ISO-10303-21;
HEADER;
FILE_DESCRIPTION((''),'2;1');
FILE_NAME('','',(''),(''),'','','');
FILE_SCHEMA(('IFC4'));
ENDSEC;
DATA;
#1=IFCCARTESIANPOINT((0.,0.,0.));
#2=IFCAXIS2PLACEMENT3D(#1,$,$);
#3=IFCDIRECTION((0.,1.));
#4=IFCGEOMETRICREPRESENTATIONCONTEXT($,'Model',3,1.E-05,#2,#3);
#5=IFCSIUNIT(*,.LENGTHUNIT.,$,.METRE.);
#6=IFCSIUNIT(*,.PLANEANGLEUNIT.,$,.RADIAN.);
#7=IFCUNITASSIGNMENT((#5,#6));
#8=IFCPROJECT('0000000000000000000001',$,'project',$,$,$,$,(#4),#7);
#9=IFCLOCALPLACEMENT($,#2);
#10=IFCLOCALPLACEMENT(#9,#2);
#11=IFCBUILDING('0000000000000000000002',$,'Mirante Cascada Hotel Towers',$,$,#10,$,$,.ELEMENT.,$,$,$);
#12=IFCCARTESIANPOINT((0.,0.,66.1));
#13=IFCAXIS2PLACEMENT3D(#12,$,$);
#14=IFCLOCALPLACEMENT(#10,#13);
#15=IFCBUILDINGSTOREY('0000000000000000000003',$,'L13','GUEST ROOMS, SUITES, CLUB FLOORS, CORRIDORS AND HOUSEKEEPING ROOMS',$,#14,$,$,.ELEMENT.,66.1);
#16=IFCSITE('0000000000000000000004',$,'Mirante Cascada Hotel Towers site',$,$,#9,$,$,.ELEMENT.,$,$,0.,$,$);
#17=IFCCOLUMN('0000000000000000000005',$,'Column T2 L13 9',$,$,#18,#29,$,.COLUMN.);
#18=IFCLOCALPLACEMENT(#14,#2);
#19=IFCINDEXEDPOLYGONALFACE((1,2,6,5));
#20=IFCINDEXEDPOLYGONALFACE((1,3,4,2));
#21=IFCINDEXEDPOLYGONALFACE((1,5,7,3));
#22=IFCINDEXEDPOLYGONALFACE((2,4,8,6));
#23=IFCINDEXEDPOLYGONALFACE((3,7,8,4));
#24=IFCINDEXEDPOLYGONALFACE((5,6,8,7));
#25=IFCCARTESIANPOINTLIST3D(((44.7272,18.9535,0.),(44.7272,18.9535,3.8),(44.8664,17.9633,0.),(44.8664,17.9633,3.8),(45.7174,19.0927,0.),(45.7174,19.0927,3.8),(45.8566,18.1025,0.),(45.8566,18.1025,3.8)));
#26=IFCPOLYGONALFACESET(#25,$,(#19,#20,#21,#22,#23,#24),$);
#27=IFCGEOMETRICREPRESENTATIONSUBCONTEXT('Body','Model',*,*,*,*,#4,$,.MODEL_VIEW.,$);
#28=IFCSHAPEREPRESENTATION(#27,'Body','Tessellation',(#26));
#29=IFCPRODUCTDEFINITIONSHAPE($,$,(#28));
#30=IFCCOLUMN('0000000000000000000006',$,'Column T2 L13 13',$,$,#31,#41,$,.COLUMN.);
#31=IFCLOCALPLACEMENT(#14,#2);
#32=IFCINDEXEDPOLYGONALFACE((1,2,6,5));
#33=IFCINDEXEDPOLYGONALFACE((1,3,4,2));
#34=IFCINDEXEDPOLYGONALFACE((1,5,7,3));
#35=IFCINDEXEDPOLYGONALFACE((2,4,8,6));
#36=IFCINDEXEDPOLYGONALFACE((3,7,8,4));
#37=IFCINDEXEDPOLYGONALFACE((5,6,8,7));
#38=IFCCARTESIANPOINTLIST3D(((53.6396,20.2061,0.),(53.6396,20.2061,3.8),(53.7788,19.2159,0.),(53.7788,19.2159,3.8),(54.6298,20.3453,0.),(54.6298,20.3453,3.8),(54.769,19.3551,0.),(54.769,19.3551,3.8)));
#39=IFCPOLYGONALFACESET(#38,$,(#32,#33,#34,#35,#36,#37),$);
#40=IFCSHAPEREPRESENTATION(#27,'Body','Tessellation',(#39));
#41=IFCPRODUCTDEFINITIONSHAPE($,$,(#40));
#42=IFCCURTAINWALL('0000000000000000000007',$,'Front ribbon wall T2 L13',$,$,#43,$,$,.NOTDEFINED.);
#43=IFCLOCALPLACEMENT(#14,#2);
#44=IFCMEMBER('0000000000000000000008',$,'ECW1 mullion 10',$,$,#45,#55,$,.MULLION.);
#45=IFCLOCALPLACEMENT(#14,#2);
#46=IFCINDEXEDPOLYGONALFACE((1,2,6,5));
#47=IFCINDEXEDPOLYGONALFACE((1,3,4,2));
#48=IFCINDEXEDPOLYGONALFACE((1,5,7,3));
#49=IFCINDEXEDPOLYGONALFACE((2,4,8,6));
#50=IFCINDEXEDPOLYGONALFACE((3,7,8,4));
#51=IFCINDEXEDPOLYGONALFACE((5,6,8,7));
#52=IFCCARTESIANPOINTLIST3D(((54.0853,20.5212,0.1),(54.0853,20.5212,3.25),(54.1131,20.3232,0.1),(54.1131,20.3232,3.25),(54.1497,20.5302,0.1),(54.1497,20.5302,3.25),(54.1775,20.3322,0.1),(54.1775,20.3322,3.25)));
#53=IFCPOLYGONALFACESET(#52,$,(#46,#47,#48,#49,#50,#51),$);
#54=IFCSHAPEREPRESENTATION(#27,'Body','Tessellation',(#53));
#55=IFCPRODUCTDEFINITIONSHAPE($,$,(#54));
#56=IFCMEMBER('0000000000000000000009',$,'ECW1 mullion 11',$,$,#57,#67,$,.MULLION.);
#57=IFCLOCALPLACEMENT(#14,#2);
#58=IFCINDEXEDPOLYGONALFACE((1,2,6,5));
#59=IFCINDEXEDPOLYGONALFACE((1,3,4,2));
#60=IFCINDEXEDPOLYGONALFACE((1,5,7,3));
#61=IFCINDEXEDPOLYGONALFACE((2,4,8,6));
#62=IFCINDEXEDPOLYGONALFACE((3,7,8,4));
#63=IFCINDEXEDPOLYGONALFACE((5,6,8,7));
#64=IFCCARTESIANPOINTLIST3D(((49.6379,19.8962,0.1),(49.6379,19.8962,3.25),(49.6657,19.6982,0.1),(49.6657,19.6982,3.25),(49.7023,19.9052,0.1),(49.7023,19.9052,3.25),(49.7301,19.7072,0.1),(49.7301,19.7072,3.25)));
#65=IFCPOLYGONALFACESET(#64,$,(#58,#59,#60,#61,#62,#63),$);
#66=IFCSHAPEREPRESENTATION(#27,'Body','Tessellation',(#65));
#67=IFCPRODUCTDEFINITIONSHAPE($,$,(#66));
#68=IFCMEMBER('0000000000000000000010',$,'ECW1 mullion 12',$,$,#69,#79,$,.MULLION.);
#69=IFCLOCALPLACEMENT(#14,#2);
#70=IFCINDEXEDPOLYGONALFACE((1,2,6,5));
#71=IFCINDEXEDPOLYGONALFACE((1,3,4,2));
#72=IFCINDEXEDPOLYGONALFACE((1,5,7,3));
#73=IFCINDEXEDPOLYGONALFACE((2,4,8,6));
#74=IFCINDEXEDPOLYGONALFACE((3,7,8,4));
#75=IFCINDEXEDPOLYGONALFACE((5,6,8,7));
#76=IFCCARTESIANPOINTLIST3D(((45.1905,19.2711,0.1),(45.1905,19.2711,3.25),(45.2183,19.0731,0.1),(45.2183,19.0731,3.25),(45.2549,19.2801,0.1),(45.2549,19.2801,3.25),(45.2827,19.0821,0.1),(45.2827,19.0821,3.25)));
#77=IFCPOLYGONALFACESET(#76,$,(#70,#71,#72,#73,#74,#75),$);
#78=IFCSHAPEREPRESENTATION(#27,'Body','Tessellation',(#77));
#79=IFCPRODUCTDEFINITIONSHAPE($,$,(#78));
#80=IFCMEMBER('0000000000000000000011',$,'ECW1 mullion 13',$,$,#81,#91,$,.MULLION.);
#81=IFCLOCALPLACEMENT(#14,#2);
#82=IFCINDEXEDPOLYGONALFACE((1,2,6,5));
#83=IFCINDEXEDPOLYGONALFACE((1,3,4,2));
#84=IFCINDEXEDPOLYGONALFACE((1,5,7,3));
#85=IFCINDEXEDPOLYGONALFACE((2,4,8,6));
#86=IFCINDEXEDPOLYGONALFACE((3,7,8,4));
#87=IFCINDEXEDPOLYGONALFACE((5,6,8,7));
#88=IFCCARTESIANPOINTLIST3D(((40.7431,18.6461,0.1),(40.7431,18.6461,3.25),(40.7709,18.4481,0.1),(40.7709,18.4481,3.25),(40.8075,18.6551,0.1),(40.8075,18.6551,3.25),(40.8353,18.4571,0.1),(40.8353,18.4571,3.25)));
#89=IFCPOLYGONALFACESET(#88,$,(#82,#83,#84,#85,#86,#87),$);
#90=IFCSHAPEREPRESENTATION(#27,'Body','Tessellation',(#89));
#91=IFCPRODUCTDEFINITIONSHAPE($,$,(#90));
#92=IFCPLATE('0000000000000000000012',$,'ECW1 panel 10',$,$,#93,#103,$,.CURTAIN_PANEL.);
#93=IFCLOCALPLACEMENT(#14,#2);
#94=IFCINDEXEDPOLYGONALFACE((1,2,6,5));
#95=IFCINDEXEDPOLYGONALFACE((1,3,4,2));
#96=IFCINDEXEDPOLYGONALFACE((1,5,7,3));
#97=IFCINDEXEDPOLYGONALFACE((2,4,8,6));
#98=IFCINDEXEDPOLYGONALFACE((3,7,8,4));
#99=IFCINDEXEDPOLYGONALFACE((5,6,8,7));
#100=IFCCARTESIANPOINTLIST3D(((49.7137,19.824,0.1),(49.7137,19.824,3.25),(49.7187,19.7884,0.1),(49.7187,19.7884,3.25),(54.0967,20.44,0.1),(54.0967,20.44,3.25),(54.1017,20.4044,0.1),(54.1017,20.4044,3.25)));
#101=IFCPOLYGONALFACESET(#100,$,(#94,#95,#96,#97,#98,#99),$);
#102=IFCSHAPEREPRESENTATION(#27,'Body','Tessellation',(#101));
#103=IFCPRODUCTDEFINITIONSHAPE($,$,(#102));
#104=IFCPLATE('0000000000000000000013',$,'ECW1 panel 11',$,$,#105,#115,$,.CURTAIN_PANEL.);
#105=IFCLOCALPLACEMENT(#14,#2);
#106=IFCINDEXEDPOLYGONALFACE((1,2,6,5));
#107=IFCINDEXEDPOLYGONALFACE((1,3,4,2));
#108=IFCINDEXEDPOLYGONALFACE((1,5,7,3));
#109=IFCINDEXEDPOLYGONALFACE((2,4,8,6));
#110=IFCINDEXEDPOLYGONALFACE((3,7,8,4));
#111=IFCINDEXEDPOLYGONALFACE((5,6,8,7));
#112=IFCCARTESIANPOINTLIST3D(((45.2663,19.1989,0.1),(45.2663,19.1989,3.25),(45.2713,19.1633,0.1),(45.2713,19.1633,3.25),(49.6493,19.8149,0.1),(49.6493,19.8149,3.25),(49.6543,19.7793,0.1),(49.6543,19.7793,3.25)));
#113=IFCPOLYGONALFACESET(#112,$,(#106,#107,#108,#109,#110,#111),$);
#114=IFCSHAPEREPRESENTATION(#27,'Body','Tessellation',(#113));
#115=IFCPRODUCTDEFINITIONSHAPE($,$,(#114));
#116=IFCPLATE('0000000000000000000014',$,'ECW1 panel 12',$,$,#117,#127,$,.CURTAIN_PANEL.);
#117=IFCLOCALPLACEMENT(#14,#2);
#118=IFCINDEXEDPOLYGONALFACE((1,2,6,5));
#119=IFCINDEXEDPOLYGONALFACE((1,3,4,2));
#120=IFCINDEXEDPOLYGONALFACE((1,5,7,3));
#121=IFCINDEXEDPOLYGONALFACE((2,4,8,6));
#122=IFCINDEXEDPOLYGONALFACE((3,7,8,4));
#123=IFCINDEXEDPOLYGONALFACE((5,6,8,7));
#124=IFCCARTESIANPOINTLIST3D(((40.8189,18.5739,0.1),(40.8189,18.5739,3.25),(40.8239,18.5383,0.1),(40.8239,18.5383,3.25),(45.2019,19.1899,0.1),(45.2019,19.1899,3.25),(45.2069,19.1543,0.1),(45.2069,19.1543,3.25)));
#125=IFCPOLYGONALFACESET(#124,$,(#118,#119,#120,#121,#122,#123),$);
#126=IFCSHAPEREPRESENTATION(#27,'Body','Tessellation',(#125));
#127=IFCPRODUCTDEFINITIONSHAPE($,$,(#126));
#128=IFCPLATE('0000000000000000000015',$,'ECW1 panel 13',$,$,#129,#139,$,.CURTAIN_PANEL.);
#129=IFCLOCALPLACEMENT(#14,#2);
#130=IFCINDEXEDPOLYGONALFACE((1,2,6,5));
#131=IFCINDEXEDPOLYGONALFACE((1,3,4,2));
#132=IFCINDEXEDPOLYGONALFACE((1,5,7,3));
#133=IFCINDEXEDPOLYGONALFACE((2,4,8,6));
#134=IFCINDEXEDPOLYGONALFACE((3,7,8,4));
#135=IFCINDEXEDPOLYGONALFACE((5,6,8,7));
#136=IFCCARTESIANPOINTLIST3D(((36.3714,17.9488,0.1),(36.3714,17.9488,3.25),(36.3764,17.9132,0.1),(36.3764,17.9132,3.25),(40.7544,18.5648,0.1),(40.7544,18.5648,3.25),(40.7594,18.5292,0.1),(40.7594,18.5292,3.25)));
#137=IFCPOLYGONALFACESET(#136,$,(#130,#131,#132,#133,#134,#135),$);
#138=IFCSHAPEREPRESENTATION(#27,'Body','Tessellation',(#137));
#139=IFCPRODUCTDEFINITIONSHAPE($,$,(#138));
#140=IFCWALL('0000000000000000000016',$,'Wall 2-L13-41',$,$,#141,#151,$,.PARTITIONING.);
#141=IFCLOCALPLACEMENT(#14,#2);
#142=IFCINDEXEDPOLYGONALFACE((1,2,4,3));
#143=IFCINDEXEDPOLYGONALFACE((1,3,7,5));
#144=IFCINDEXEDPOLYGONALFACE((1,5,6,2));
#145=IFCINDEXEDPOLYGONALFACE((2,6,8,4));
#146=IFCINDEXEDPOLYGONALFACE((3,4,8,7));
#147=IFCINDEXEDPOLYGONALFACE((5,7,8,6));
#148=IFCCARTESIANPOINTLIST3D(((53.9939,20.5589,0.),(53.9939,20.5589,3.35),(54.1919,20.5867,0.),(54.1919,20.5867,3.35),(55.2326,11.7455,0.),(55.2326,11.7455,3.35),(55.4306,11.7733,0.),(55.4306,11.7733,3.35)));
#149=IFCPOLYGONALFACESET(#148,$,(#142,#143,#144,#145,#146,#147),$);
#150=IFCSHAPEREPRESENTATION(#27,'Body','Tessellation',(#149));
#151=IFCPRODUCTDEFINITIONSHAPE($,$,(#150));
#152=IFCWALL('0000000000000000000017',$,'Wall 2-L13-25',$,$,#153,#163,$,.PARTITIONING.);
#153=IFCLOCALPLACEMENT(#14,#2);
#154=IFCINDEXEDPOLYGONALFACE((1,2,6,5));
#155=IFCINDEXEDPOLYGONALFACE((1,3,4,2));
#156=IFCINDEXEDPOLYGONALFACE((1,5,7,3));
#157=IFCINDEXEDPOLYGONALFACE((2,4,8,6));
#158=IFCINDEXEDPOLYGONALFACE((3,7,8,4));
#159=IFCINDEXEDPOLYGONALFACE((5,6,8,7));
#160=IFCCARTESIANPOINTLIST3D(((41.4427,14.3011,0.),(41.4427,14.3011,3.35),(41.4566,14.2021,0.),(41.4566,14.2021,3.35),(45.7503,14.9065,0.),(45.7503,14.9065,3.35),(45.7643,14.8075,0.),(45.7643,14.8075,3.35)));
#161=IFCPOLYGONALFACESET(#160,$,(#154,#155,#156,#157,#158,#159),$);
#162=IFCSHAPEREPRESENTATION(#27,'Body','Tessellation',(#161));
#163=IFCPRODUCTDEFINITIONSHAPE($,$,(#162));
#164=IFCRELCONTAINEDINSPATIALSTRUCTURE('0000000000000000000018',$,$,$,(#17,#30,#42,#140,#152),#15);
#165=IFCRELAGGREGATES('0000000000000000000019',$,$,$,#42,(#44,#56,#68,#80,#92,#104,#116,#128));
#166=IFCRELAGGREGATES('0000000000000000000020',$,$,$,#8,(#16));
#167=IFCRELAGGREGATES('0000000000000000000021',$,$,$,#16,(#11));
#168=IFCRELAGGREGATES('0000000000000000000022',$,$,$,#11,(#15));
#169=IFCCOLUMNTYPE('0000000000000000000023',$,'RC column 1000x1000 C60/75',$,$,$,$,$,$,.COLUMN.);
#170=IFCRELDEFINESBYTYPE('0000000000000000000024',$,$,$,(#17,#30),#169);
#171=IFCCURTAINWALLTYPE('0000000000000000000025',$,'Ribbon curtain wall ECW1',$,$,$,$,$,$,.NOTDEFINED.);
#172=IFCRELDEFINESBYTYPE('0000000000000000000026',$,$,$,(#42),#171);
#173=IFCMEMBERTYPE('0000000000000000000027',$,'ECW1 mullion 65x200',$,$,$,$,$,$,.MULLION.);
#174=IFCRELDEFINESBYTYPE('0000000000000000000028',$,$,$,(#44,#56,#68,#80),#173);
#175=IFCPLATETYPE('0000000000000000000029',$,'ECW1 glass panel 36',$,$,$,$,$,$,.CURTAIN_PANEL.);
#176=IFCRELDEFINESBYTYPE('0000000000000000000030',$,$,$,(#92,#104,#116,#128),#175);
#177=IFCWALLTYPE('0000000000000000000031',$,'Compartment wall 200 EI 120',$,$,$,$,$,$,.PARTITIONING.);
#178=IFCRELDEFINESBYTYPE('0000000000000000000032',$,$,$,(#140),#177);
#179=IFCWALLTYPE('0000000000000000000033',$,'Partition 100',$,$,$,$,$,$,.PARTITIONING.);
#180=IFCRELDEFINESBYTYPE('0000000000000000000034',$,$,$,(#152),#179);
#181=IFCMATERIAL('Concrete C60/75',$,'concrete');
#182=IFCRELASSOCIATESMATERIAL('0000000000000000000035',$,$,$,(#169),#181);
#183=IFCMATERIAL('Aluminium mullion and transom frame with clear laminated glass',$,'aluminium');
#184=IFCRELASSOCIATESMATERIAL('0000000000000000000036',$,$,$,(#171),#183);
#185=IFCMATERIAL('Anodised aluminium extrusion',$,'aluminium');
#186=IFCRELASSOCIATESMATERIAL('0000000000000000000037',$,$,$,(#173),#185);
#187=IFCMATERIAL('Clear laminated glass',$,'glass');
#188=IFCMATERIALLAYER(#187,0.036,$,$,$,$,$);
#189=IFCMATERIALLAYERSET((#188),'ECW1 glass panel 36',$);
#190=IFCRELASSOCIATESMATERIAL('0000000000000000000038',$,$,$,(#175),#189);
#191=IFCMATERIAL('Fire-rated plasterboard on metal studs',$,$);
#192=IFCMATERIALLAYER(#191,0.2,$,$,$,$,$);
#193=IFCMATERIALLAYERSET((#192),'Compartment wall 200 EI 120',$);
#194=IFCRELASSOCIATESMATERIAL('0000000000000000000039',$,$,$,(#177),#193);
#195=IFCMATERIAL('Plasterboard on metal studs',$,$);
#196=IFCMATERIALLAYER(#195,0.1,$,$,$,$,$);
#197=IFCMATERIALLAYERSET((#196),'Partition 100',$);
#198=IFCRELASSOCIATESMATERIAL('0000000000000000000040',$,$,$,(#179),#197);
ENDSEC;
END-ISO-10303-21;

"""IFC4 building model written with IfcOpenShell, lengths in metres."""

from ifc_helpers import new_model, si_unit, direction, frame, frame_2d, origin, origin_2d, place, context, subcontext, project, spatial, rectangle, extrude, material, layer, layer_set, material_profile, profile_set, type_object, element, aggregate, save


model = new_model("IFC4")

# Units and contexts
model_context = context("Model", 3, precision=1e-05, world=origin(), true_north=direction((0.0, 1.0)))
body_context = subcontext(model_context, "Body", "Model", "MODEL_VIEW")
ifc_project = project(units=[si_unit("LENGTHUNIT", "METRE"), si_unit("PLANEANGLEUNIT", "RADIAN")], contexts=[model_context])

# Site, building, storey
site_placement = place(None, origin())
site = spatial("IfcSite", under=ifc_project, at=site_placement, Name="Mirante Cascada Hotel Towers site", CompositionType="ELEMENT", RefElevation=0.0)
building_placement = place(site_placement, origin())
building = spatial("IfcBuilding", under=site, at=building_placement, Name="Mirante Cascada Hotel Towers", CompositionType="ELEMENT")
storey_placement = place(building_placement, frame((0.0, 0.0, 66.1)))
storey = spatial("IfcBuildingStorey", under=building, at=storey_placement, Name="L13", Description="GUEST ROOMS, SUITES, CLUB FLOORS, CORRIDORS AND HOUSEKEEPING ROOMS", CompositionType="ELEMENT", Elevation=66.1)

# Columns
ifc_material_1 = material(Name="Concrete C60/75", Category="concrete")
ifc_material_profile_1 = material_profile(ifc_material_1, rectangle(XDim=1.0, YDim=1.0, at=origin_2d()), Name="RC column 1000x1000 C60/75")
ifc_profile_set_1 = profile_set([ifc_material_profile_1], Name="Concrete C60/75")
column_type = type_object("IfcColumnType", Name="RC column 1000x1000 C60/75", PredefinedType="COLUMN", material=ifc_profile_set_1)
for number, where, z_axis, x_axis, name in (
    (1, (45.2919, 18.528, 0.0), (0.0, 0.0, 1.0), (0.990268, 0.139173, 0.0), "Column T2 L13 9"),
    (2, (54.2043, 19.7806, 0.0), (0.0, 0.0, 1.0), (0.990268, 0.139173, 0.0), "Column T2 L13 13"),
):
    element("IfcColumn", number, at=place(storey_placement, frame(where, z_axis=z_axis, x_axis=x_axis)), inside=storey, type_object=column_type, Name=name, PredefinedType="COLUMN", context=body_context, shape_type="SweptSolid", body=[
        extrude(rectangle(XDim=1.0, YDim=1.0, at=origin_2d()), origin(), (0.0, 0.0, 1.0), 3.8),
    ])

# Curtain wall, members, plates
ifc_material_2 = material(Name="Aluminium mullion and transom frame with clear laminated glass", Category="aluminium")
curtain_wall_type = type_object("IfcCurtainWallType", Name="Ribbon curtain wall ECW1", PredefinedType="NOTDEFINED", material=ifc_material_2)
curtain_wall_placement = place(storey_placement, origin())
curtain_wall = element("IfcCurtainWall", 3, at=curtain_wall_placement, inside=storey, type_object=curtain_wall_type, Name="Front ribbon wall T2 L13", PredefinedType="NOTDEFINED")
ifc_material_3 = material(Name="Anodised aluminium extrusion", Category="aluminium")
ifc_material_profile_2 = material_profile(ifc_material_3, rectangle(XDim=0.2, YDim=0.065, at=origin_2d()), Name="ECW1 MULLION 65x200")
ifc_profile_set_2 = profile_set([ifc_material_profile_2], Name="Anodised aluminium extrusion")
member_type = type_object("IfcMemberType", Name="ECW1 mullion 65x200", PredefinedType="MULLION", material=ifc_profile_set_2)
member_1_placement = place(storey_placement, frame((54.1314, 20.4267, 0.1), z_axis=(0.0, 0.0, 1.0), x_axis=(0.139173, -0.990268, 0.0)))
member_1 = element("IfcMember", 4, at=member_1_placement, type_object=member_type, Name="ECW1 mullion 10", PredefinedType="MULLION", context=body_context, shape_type="SweptSolid", body=[
    extrude(rectangle(XDim=0.2, YDim=0.065, at=origin_2d()), origin(), (0.0, 0.0, 1.0), 3.15),
])
member_2_placement = place(storey_placement, frame((49.684, 19.8017, 0.1), z_axis=(0.0, 0.0, 1.0), x_axis=(0.139173, -0.990268, 0.0)))
member_2 = element("IfcMember", 5, at=member_2_placement, type_object=member_type, Name="ECW1 mullion 11", PredefinedType="MULLION", context=body_context, shape_type="SweptSolid", body=[
    extrude(rectangle(XDim=0.2, YDim=0.065, at=origin_2d()), origin(), (0.0, 0.0, 1.0), 3.15),
])
member_3_placement = place(storey_placement, frame((45.2366, 19.1766, 0.1), z_axis=(0.0, 0.0, 1.0), x_axis=(0.139173, -0.990268, 0.0)))
member_3 = element("IfcMember", 6, at=member_3_placement, type_object=member_type, Name="ECW1 mullion 12", PredefinedType="MULLION", context=body_context, shape_type="SweptSolid", body=[
    extrude(rectangle(XDim=0.2, YDim=0.065, at=origin_2d()), origin(), (0.0, 0.0, 1.0), 3.15),
])
member_4_placement = place(storey_placement, frame((40.7892, 18.5516, 0.1), z_axis=(0.0, 0.0, 1.0), x_axis=(0.139173, -0.990268, 0.0)))
member_4 = element("IfcMember", 7, at=member_4_placement, type_object=member_type, Name="ECW1 mullion 13", PredefinedType="MULLION", context=body_context, shape_type="SweptSolid", body=[
    extrude(rectangle(XDim=0.2, YDim=0.065, at=origin_2d()), origin(), (0.0, 0.0, 1.0), 3.15),
])
ifc_material_4 = material(Name="Clear laminated glass", Category="glass")
ifc_layer_1 = layer(ifc_material_4, 0.036)
ifc_layer_set_1 = layer_set([ifc_layer_1], Name="ECW1 glass panel 36")
plate_type = type_object("IfcPlateType", Name="ECW1 glass panel 36", PredefinedType="CURTAIN_PANEL", material=ifc_layer_set_1)
plate_1_placement = place(storey_placement, frame((51.9077, 20.1142, 0.1), z_axis=(0.0, 0.0, 1.0), x_axis=(-0.990268, -0.139173, 0.0)))
plate_1 = element("IfcPlate", 8, at=plate_1_placement, type_object=plate_type, Name="ECW1 panel 10", PredefinedType="CURTAIN_PANEL", context=body_context, shape_type="SweptSolid", body=[
    extrude(rectangle(XDim=4.4261, YDim=0.036, at=origin_2d()), origin(), (0.0, 0.0, 1.0), 3.15),
])
plate_2_placement = place(storey_placement, frame((47.4603, 19.4891, 0.1), z_axis=(0.0, 0.0, 1.0), x_axis=(-0.990268, -0.139173, 0.0)))
plate_2 = element("IfcPlate", 9, at=plate_2_placement, type_object=plate_type, Name="ECW1 panel 11", PredefinedType="CURTAIN_PANEL", context=body_context, shape_type="SweptSolid", body=[
    extrude(rectangle(XDim=4.4261, YDim=0.036, at=origin_2d()), origin(), (0.0, 0.0, 1.0), 3.15),
])
plate_3_placement = place(storey_placement, frame((43.0129, 18.8641, 0.1), z_axis=(0.0, 0.0, 1.0), x_axis=(-0.990268, -0.139173, 0.0)))
plate_3 = element("IfcPlate", 10, at=plate_3_placement, type_object=plate_type, Name="ECW1 panel 12", PredefinedType="CURTAIN_PANEL", context=body_context, shape_type="SweptSolid", body=[
    extrude(rectangle(XDim=4.4261, YDim=0.036, at=origin_2d()), origin(), (0.0, 0.0, 1.0), 3.15),
])
plate_4_placement = place(storey_placement, frame((38.5654, 18.239, 0.1), z_axis=(0.0, 0.0, 1.0), x_axis=(-0.990268, -0.139173, 0.0)))
plate_4 = element("IfcPlate", 11, at=plate_4_placement, type_object=plate_type, Name="ECW1 panel 13", PredefinedType="CURTAIN_PANEL", context=body_context, shape_type="SweptSolid", body=[
    extrude(rectangle(XDim=4.4261, YDim=0.036, at=origin_2d()), origin(), (0.0, 0.0, 1.0), 3.15),
])
aggregate(curtain_wall, [member_1, member_2, member_3, member_4, plate_1, plate_2, plate_3, plate_4])

# Walls
ifc_material_5 = material(Name="Fire-rated plasterboard on metal studs")
ifc_layer_2 = layer(ifc_material_5, 0.2)
ifc_layer_set_2 = layer_set([ifc_layer_2], Name="Compartment wall 200 EI 120")
wall_type_1 = type_object("IfcWallType", Name="Compartment wall 200 EI 120", PredefinedType="PARTITIONING", material=ifc_layer_set_2)
wall_1_placement = place(storey_placement, frame((54.0929, 20.5728, 0.0), z_axis=(0.0, 0.0, 1.0), x_axis=(0.139179, -0.990267, 0.0)))
element("IfcWall", 12, at=wall_1_placement, inside=storey, type_object=wall_type_1, Name="Wall 2-L13-41", PredefinedType="PARTITIONING", context=body_context, shape_type="SweptSolid", body=[
    extrude(rectangle(XDim=8.9, YDim=0.2, at=frame_2d((4.45, 0.0))), origin(), (0.0, 0.0, 1.0), 3.35),
])
ifc_material_6 = material(Name="Plasterboard on metal studs")
ifc_layer_3 = layer(ifc_material_6, 0.1)
ifc_layer_set_3 = layer_set([ifc_layer_3], Name="Partition 100")
wall_type_2 = type_object("IfcWallType", Name="Partition 100", PredefinedType="PARTITIONING", material=ifc_layer_set_3)
wall_2_placement = place(storey_placement, frame((45.7573, 14.857, 0.0), z_axis=(0.0, 0.0, 1.0), x_axis=(-0.990268, -0.139171, 0.0)))
element("IfcWall", 13, at=wall_2_placement, inside=storey, type_object=wall_type_2, Name="Wall 2-L13-25", PredefinedType="PARTITIONING", context=body_context, shape_type="SweptSolid", body=[
    extrude(rectangle(XDim=4.35, YDim=0.1, at=frame_2d((2.175, 0.0))), origin(), (0.0, 0.0, 1.0), 3.35),
])

save(model, "model.ifc")
